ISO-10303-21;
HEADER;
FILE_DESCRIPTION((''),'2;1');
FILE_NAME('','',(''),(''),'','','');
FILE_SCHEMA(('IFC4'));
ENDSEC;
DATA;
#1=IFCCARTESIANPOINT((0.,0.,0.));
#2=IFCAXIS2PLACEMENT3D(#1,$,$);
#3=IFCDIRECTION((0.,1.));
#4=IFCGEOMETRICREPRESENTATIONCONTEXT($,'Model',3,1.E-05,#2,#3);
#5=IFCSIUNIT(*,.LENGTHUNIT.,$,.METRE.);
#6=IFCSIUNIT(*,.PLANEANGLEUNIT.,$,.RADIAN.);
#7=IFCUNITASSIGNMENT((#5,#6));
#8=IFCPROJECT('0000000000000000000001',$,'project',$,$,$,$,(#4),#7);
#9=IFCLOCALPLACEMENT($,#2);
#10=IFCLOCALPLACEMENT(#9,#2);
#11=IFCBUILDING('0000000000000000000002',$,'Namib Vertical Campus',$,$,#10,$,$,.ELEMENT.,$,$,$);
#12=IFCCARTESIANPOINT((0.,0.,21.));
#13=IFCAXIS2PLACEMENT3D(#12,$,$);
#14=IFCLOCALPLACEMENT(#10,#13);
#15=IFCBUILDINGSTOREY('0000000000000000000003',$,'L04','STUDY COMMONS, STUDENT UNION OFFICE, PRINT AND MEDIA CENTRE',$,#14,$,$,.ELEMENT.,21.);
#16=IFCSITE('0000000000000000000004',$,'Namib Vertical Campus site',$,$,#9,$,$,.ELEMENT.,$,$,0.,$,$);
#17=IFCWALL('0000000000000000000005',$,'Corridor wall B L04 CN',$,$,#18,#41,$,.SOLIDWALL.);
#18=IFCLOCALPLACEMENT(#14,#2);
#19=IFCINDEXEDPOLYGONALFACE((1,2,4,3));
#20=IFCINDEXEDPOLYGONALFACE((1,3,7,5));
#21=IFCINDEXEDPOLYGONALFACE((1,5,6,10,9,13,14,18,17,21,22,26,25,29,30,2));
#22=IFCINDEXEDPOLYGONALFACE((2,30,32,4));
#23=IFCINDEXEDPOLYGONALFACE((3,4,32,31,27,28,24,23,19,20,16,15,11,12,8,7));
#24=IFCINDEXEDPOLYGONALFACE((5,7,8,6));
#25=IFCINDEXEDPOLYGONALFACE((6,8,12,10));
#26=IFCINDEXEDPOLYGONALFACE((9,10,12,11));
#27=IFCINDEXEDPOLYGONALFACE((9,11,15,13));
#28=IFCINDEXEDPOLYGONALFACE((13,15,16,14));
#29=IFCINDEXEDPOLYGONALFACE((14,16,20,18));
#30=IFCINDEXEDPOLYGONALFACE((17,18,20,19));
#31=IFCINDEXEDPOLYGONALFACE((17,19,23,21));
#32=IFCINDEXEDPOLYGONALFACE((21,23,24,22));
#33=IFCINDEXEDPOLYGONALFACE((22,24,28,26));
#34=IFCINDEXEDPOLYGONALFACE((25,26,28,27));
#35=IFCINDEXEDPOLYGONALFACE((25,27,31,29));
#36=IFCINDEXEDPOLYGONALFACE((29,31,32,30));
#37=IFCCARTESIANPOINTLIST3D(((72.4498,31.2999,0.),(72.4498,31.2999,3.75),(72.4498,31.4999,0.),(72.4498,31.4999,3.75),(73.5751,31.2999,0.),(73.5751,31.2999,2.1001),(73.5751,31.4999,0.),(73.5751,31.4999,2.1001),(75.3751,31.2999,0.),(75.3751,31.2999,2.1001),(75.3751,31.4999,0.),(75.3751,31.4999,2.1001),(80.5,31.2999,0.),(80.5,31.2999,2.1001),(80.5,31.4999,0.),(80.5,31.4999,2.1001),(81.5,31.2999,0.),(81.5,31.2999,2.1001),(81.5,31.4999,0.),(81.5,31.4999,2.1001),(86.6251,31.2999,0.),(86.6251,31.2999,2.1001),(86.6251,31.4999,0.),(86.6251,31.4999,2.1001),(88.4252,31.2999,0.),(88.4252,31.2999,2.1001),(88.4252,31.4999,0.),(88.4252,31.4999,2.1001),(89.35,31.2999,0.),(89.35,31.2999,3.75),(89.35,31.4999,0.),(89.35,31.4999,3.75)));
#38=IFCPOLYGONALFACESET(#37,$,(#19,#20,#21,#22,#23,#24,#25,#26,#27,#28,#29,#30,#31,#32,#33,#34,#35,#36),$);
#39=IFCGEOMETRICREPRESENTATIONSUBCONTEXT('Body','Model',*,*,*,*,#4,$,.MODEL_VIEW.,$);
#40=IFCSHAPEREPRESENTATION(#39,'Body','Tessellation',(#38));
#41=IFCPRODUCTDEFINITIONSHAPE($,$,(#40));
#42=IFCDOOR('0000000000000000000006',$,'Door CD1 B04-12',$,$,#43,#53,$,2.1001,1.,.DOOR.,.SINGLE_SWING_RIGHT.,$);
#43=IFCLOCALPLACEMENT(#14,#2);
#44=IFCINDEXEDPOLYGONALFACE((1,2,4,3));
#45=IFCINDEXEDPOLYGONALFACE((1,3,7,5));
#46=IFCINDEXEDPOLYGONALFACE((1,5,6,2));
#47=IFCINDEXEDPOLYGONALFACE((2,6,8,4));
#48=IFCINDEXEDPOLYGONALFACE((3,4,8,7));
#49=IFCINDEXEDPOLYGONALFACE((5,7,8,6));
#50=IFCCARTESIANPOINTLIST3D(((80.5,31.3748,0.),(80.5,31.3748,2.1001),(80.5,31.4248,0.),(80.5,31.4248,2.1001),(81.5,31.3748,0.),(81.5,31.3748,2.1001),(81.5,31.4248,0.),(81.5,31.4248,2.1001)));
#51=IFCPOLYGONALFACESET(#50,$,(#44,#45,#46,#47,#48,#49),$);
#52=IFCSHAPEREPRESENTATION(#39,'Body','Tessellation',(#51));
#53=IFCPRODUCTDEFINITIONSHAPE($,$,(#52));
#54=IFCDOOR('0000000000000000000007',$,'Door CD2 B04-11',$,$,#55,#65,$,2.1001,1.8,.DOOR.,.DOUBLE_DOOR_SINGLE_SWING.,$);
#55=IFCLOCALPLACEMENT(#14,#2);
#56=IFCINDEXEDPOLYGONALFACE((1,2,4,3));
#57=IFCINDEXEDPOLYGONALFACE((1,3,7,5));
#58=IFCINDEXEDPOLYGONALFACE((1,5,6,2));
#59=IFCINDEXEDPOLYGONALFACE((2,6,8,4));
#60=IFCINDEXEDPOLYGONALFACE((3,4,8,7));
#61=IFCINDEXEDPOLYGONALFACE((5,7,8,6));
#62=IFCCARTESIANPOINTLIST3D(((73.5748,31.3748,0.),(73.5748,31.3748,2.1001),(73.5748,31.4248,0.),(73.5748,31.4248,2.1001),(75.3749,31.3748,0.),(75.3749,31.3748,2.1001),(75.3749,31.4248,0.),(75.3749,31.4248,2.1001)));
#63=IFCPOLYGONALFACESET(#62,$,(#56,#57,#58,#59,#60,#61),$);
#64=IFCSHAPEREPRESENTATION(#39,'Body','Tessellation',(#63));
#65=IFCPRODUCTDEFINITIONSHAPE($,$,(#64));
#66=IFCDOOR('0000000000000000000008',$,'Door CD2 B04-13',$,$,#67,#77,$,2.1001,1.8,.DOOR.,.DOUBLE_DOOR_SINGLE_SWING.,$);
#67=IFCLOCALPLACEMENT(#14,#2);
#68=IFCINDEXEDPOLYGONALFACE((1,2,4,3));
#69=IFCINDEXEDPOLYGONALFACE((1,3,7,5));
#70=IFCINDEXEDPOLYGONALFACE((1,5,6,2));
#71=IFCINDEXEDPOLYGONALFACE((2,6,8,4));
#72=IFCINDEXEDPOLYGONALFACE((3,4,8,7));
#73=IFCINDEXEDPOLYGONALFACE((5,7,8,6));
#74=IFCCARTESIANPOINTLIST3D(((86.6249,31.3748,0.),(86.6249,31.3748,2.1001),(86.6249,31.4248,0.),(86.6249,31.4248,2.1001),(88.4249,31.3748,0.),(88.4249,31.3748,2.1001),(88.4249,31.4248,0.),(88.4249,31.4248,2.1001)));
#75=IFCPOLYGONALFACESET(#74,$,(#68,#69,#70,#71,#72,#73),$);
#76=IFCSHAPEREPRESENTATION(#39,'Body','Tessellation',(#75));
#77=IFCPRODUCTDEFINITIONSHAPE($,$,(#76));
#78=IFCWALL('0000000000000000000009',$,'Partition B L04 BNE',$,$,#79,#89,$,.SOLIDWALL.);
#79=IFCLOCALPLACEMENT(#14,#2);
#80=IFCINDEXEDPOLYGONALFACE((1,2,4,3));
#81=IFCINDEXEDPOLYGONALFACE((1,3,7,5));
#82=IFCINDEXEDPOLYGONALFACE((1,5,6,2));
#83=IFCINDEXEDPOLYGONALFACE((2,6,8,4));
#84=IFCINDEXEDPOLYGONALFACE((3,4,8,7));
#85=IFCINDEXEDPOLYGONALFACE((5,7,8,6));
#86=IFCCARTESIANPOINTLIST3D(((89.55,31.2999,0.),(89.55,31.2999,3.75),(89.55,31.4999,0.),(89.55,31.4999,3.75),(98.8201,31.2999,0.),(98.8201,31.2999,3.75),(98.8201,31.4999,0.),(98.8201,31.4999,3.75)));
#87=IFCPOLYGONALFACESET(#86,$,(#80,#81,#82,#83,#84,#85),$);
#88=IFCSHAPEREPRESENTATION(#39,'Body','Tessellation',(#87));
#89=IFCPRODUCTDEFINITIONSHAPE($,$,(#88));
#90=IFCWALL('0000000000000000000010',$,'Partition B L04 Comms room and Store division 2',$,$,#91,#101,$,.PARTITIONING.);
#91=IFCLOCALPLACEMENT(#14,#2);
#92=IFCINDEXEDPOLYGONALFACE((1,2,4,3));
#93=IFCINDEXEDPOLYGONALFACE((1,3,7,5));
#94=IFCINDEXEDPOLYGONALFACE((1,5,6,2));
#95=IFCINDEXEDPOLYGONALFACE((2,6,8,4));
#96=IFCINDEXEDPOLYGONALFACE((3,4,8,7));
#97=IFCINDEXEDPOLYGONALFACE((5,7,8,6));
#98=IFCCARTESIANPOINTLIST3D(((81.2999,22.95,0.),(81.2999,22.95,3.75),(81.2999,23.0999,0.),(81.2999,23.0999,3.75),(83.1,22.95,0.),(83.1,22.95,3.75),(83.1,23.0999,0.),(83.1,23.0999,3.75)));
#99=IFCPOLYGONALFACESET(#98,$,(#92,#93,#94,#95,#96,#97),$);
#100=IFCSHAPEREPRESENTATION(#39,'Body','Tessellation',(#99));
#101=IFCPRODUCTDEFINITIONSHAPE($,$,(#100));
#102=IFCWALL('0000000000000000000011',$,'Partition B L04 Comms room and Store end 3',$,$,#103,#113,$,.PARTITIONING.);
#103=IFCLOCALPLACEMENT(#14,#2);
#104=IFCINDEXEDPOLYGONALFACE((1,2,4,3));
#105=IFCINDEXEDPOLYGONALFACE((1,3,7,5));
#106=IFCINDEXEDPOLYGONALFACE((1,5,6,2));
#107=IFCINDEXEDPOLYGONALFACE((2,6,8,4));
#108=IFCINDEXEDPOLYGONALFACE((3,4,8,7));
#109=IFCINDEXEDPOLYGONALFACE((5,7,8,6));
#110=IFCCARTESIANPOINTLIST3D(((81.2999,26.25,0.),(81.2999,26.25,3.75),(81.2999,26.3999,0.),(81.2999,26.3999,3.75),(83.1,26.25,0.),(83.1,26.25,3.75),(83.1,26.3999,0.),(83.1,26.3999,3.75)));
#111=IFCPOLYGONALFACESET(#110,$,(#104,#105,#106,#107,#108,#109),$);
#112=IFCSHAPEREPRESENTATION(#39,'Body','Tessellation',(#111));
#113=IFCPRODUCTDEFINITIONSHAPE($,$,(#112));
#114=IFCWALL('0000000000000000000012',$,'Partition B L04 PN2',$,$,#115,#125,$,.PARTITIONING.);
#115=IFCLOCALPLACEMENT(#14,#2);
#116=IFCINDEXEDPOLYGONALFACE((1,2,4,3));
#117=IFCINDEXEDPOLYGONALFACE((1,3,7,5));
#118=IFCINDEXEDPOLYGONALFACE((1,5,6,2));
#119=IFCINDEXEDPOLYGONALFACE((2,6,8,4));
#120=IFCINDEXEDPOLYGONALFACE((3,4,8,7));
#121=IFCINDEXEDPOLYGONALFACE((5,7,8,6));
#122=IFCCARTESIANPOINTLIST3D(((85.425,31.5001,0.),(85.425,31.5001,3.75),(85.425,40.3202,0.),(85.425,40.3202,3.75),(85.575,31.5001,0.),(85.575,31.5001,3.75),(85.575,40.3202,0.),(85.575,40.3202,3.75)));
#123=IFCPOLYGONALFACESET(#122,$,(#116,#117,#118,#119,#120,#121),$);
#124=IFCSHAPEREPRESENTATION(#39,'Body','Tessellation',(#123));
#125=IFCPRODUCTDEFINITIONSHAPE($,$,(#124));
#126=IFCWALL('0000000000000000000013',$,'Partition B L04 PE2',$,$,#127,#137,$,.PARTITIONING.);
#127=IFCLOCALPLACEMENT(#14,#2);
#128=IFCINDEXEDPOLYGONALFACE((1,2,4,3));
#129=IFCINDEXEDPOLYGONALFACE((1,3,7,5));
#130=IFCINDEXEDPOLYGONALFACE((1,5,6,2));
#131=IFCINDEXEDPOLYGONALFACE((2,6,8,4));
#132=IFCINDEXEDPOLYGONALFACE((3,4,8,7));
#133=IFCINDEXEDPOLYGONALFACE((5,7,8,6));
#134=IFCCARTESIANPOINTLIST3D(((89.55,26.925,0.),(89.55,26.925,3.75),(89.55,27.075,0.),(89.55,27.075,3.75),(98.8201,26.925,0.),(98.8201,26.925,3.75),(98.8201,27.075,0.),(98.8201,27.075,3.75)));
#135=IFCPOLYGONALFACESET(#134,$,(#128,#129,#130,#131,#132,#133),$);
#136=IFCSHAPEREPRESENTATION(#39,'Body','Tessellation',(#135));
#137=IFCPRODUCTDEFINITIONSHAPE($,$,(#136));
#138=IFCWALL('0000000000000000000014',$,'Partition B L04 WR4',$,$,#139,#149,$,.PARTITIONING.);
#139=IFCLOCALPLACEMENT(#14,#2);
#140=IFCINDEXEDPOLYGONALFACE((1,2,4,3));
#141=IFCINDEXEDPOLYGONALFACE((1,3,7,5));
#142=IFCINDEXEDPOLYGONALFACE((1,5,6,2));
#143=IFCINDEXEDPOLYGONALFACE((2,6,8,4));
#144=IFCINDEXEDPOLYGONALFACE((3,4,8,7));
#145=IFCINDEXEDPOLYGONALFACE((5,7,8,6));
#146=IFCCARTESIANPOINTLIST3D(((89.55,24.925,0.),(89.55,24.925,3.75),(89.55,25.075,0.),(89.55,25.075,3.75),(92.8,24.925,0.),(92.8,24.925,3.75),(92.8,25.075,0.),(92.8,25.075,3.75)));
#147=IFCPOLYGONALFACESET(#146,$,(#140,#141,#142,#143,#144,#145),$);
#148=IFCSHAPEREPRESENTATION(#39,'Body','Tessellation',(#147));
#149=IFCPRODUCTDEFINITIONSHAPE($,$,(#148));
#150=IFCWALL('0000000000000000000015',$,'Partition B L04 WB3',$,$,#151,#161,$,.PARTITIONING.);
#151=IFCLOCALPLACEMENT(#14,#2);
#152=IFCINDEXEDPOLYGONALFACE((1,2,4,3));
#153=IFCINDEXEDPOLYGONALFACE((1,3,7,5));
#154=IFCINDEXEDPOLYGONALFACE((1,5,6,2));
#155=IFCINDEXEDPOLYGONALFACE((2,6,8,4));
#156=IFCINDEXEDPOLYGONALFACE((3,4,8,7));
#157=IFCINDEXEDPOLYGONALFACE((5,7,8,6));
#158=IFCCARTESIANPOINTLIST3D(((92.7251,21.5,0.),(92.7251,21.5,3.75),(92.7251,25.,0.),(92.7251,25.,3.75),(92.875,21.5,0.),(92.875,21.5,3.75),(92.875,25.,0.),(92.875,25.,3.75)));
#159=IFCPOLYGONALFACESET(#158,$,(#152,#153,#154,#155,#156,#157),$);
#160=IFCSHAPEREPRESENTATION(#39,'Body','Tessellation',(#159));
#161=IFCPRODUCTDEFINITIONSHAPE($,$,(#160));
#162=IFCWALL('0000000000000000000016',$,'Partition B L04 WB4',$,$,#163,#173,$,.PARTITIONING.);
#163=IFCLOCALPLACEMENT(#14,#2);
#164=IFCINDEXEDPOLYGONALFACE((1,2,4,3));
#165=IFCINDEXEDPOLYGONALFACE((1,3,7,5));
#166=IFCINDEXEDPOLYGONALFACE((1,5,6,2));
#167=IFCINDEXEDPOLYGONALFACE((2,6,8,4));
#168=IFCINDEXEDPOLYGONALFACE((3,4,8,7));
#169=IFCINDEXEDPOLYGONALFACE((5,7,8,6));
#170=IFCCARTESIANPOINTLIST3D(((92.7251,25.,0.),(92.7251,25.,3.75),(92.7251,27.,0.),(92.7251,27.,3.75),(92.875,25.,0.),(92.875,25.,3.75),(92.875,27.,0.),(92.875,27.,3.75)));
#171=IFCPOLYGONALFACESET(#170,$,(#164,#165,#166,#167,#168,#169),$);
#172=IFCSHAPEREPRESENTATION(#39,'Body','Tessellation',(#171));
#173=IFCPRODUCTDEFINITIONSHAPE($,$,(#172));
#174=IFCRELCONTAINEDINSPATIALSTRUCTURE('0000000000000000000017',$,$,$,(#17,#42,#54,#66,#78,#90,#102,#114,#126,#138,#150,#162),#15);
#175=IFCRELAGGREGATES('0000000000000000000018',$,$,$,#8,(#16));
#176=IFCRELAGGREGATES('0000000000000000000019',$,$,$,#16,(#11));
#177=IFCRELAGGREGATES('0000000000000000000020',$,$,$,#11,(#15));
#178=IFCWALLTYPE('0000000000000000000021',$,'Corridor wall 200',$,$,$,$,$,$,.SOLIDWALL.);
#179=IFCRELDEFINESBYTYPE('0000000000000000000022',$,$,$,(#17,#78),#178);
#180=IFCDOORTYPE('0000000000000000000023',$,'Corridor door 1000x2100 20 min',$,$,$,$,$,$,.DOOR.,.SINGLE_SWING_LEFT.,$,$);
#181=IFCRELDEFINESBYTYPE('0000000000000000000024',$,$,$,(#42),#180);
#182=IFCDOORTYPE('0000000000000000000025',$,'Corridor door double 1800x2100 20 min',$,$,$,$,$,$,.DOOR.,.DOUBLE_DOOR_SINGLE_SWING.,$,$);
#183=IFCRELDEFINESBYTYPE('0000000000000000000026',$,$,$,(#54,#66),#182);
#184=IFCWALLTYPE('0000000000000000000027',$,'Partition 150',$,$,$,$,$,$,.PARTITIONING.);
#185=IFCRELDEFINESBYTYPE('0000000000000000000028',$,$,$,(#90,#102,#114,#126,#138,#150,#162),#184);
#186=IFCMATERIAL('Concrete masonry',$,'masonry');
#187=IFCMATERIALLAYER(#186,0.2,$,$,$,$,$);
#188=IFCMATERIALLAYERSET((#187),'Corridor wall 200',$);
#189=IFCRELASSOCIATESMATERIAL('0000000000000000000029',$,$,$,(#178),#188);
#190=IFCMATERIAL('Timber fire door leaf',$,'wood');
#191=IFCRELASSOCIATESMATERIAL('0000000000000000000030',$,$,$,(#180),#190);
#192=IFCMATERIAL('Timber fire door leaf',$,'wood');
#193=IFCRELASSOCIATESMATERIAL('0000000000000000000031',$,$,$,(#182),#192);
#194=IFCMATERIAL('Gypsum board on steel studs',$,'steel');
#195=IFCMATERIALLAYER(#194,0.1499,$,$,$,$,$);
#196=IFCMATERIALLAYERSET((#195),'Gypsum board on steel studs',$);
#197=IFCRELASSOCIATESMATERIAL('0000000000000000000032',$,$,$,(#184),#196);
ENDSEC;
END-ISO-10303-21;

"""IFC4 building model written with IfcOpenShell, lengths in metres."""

from ifc_helpers import new_model, si_unit, direction, frame, frame_2d, origin, place, context, subcontext, project, spatial, rectangle, extrude, material, layer, layer_set, type_object, element, fill, save


model = new_model("IFC4")

# Units and contexts
model_context = context("Model", 3, precision=1e-05, world=origin(), true_north=direction((0.0, 1.0)))
body_context = subcontext(model_context, "Body", "Model", "MODEL_VIEW")
ifc_project = project(units=[si_unit("LENGTHUNIT", "METRE"), si_unit("PLANEANGLEUNIT", "RADIAN")], contexts=[model_context])

# Site, building, storey
site_placement = place(None, origin())
site = spatial("IfcSite", under=ifc_project, at=site_placement, Name="Namib Vertical Campus site", CompositionType="ELEMENT", RefElevation=0.0)
building_placement = place(site_placement, origin())
building = spatial("IfcBuilding", under=site, at=building_placement, Name="Namib Vertical Campus", CompositionType="ELEMENT")
storey_placement = place(building_placement, frame((0.0, 0.0, 21.0)))
storey = spatial("IfcBuildingStorey", under=building, at=storey_placement, Name="L04", Description="STUDY COMMONS, STUDENT UNION OFFICE, PRINT AND MEDIA CENTRE", CompositionType="ELEMENT", Elevation=21.0)

# Wall, openings, doors
ifc_material_1 = material(Name="Concrete masonry", Category="masonry")
ifc_layer_1 = layer(ifc_material_1, 0.2)
ifc_layer_set_1 = layer_set([ifc_layer_1], Name="Corridor wall 200")
wall_type_1 = type_object("IfcWallType", Name="Corridor wall 200", PredefinedType="SOLIDWALL", material=ifc_layer_set_1)
wall_1_placement = place(storey_placement, frame((89.3501, 31.3999, 0.0), z_axis=(0.0, 0.0, 1.0), x_axis=(-1.0, 0.0, 0.0)))
wall_1 = element("IfcWall", 1, at=wall_1_placement, inside=storey, type_object=wall_type_1, Name="Corridor wall B L04 CN", PredefinedType="SOLIDWALL", context=body_context, shape_type="SweptSolid", body=[
    extrude(rectangle(XDim=16.9001, YDim=0.2, at=frame_2d((8.4502, 0.0))), origin(), (0.0, 0.0, 1.0), 3.75),
])
opening_1_placement = place(wall_1_placement, frame((13.9751, 0.0, 0.0)))
opening_1 = element("IfcOpeningElement", 2, at=opening_1_placement, cuts=wall_1, PredefinedType="OPENING", context=body_context, shape_type="SweptSolid", body=[
    extrude(rectangle(XDim=1.8, YDim=2.1001, at=frame_2d((0.8999, 1.05))), frame((0.0, 0.1099, 0.0), z_axis=(0.0, -1.0, 0.0), x_axis=(1.0, 0.0, 0.0)), (0.0, 0.0, 1.0), 0.22),
])
opening_2_placement = place(wall_1_placement, frame((7.8501, 0.0, 0.0)))
opening_2 = element("IfcOpeningElement", 3, at=opening_2_placement, cuts=wall_1, PredefinedType="OPENING", context=body_context, shape_type="SweptSolid", body=[
    extrude(rectangle(XDim=1.0, YDim=2.1001, at=frame_2d((0.5, 1.05))), frame((0.0, 0.1099, 0.0), z_axis=(0.0, -1.0, 0.0), x_axis=(1.0, 0.0, 0.0)), (0.0, 0.0, 1.0), 0.22),
])
opening_3_placement = place(wall_1_placement, frame((0.925, 0.0, 0.0)))
opening_3 = element("IfcOpeningElement", 4, at=opening_3_placement, cuts=wall_1, PredefinedType="OPENING", context=body_context, shape_type="SweptSolid", body=[
    extrude(rectangle(XDim=1.8, YDim=2.1001, at=frame_2d((0.8999, 1.05))), frame((0.0, 0.1099, 0.0), z_axis=(0.0, -1.0, 0.0), x_axis=(1.0, 0.0, 0.0)), (0.0, 0.0, 1.0), 0.22),
])
ifc_material_2 = material(Name="Timber fire door leaf", Category="wood")
door_type_1 = type_object("IfcDoorType", Name="Corridor door 1000x2100 20 min", OperationType="SINGLE_SWING_LEFT", PredefinedType="DOOR", material=ifc_material_2)
door_1_placement = place(opening_2_placement, frame((1.0, 0.0, 0.0), z_axis=(0.0, 0.0, 1.0), x_axis=(-1.0, 0.0, 0.0)))
door_1 = element("IfcDoor", 5, at=door_1_placement, inside=storey, type_object=door_type_1, Name="Door CD1 B04-12", OperationType="SINGLE_SWING_RIGHT", OverallHeight=2.1001, OverallWidth=1.0, PredefinedType="DOOR", context=body_context, shape_type="SweptSolid", body=[
    extrude(rectangle(XDim=1.0, YDim=2.1001, at=frame_2d((0.5, 1.05))), frame((0.0, 0.0249, 0.0), z_axis=(0.0, -1.0, 0.0), x_axis=(1.0, 0.0, 0.0)), (0.0, 0.0, 1.0), 0.05),
])
fill(opening_2, door_1)
ifc_material_3 = material(Name="Timber fire door leaf", Category="wood")
door_type_2 = type_object("IfcDoorType", Name="Corridor door double 1800x2100 20 min", OperationType="DOUBLE_DOOR_SINGLE_SWING", PredefinedType="DOOR", material=ifc_material_3)
door_2_placement = place(opening_1_placement, frame((1.8, 0.0, 0.0), z_axis=(0.0, 0.0, 1.0), x_axis=(-1.0, 0.0, 0.0)))
door_2 = element("IfcDoor", 6, at=door_2_placement, inside=storey, type_object=door_type_2, Name="Door CD2 B04-11", OperationType="DOUBLE_DOOR_SINGLE_SWING", OverallHeight=2.1001, OverallWidth=1.8, PredefinedType="DOOR", context=body_context, shape_type="SweptSolid", body=[
    extrude(rectangle(XDim=1.8, YDim=2.1001, at=frame_2d((0.8999, 1.05))), frame((0.0, 0.0249, 0.0), z_axis=(0.0, -1.0, 0.0), x_axis=(1.0, 0.0, 0.0)), (0.0, 0.0, 1.0), 0.05),
])
fill(opening_1, door_2)
door_3_placement = place(opening_3_placement, frame((1.8, 0.0, 0.0), z_axis=(0.0, 0.0, 1.0), x_axis=(-1.0, 0.0, 0.0)))
door_3 = element("IfcDoor", 7, at=door_3_placement, inside=storey, type_object=door_type_2, Name="Door CD2 B04-13", OperationType="DOUBLE_DOOR_SINGLE_SWING", OverallHeight=2.1001, OverallWidth=1.8, PredefinedType="DOOR", context=body_context, shape_type="SweptSolid", body=[
    extrude(rectangle(XDim=1.8, YDim=2.1001, at=frame_2d((0.8999, 1.05))), frame((0.0, 0.0249, 0.0), z_axis=(0.0, -1.0, 0.0), x_axis=(1.0, 0.0, 0.0)), (0.0, 0.0, 1.0), 0.05),
])
fill(opening_3, door_3)

# Walls
wall_2_placement = place(storey_placement, frame((89.55, 31.3999, 0.0), z_axis=(0.0, 0.0, 1.0), x_axis=(1.0, 0.0, 0.0)))
element("IfcWall", 8, at=wall_2_placement, inside=storey, type_object=wall_type_1, Name="Partition B L04 BNE", PredefinedType="SOLIDWALL", context=body_context, shape_type="SweptSolid", body=[
    extrude(rectangle(XDim=9.27, YDim=0.2, at=frame_2d((4.635, 0.0))), origin(), (0.0, 0.0, 1.0), 3.75),
])
ifc_material_4 = material(Name="Gypsum board on steel studs", Category="steel")
ifc_layer_2 = layer(ifc_material_4, 0.1499)
ifc_layer_set_2 = layer_set([ifc_layer_2], Name="Gypsum board on steel studs")
wall_type_2 = type_object("IfcWallType", Name="Partition 150", PredefinedType="PARTITIONING", material=ifc_layer_set_2)
for number, where, z_axis, x_axis, name in (
    (9, (81.3, 23.0249, 0.0), (0.0, 0.0, 1.0), (1.0, 0.0, 0.0), "Partition B L04 Comms room and Store division 2"),
    (10, (81.3, 26.325, 0.0), (0.0, 0.0, 1.0), (1.0, 0.0, 0.0), "Partition B L04 Comms room and Store end 3"),
):
    element("IfcWall", number, at=place(storey_placement, frame(where, z_axis=z_axis, x_axis=x_axis)), inside=storey, type_object=wall_type_2, Name=name, PredefinedType="PARTITIONING", context=body_context, shape_type="SweptSolid", body=[
        extrude(rectangle(XDim=1.8, YDim=0.1499, at=frame_2d((0.8999, 0.0))), origin(), (0.0, 0.0, 1.0), 3.75),
    ])
wall_3_placement = place(storey_placement, frame((85.5, 31.5, 0.0), z_axis=(0.0, 0.0, 1.0), x_axis=(0.0, 1.0, 0.0)))
element("IfcWall", 11, at=wall_3_placement, inside=storey, type_object=wall_type_2, Name="Partition B L04 PN2", PredefinedType="PARTITIONING", context=body_context, shape_type="SweptSolid", body=[
    extrude(rectangle(XDim=8.8201, YDim=0.1499, at=frame_2d((4.4102, 0.0))), origin(), (0.0, 0.0, 1.0), 3.75),
])
wall_4_placement = place(storey_placement, frame((89.55, 27.0, 0.0), z_axis=(0.0, 0.0, 1.0), x_axis=(1.0, 0.0, 0.0)))
element("IfcWall", 12, at=wall_4_placement, inside=storey, type_object=wall_type_2, Name="Partition B L04 PE2", PredefinedType="PARTITIONING", context=body_context, shape_type="SweptSolid", body=[
    extrude(rectangle(XDim=9.27, YDim=0.1499, at=frame_2d((4.635, 0.0))), origin(), (0.0, 0.0, 1.0), 3.75),
])
wall_5_placement = place(storey_placement, frame((89.55, 25.0, 0.0), z_axis=(0.0, 0.0, 1.0), x_axis=(1.0, 0.0, 0.0)))
element("IfcWall", 13, at=wall_5_placement, inside=storey, type_object=wall_type_2, Name="Partition B L04 WR4", PredefinedType="PARTITIONING", context=body_context, shape_type="SweptSolid", body=[
    extrude(rectangle(XDim=3.25, YDim=0.1499, at=frame_2d((1.625, 0.0))), origin(), (0.0, 0.0, 1.0), 3.75),
])
wall_6_placement = place(storey_placement, frame((92.8, 21.5, 0.0), z_axis=(0.0, 0.0, 1.0), x_axis=(0.0, 1.0, 0.0)))
element("IfcWall", 14, at=wall_6_placement, inside=storey, type_object=wall_type_2, Name="Partition B L04 WB3", PredefinedType="PARTITIONING", context=body_context, shape_type="SweptSolid", body=[
    extrude(rectangle(XDim=3.5, YDim=0.1499, at=frame_2d((1.75, 0.0))), origin(), (0.0, 0.0, 1.0), 3.75),
])
wall_7_placement = place(storey_placement, frame((92.8, 25.0, 0.0), z_axis=(0.0, 0.0, 1.0), x_axis=(0.0, 1.0, 0.0)))
element("IfcWall", 15, at=wall_7_placement, inside=storey, type_object=wall_type_2, Name="Partition B L04 WB4", PredefinedType="PARTITIONING", context=body_context, shape_type="SweptSolid", body=[
    extrude(rectangle(XDim=2.0, YDim=0.1499, at=frame_2d((1.0, 0.0))), origin(), (0.0, 0.0, 1.0), 3.75),
])

save(model, "model.ifc")
